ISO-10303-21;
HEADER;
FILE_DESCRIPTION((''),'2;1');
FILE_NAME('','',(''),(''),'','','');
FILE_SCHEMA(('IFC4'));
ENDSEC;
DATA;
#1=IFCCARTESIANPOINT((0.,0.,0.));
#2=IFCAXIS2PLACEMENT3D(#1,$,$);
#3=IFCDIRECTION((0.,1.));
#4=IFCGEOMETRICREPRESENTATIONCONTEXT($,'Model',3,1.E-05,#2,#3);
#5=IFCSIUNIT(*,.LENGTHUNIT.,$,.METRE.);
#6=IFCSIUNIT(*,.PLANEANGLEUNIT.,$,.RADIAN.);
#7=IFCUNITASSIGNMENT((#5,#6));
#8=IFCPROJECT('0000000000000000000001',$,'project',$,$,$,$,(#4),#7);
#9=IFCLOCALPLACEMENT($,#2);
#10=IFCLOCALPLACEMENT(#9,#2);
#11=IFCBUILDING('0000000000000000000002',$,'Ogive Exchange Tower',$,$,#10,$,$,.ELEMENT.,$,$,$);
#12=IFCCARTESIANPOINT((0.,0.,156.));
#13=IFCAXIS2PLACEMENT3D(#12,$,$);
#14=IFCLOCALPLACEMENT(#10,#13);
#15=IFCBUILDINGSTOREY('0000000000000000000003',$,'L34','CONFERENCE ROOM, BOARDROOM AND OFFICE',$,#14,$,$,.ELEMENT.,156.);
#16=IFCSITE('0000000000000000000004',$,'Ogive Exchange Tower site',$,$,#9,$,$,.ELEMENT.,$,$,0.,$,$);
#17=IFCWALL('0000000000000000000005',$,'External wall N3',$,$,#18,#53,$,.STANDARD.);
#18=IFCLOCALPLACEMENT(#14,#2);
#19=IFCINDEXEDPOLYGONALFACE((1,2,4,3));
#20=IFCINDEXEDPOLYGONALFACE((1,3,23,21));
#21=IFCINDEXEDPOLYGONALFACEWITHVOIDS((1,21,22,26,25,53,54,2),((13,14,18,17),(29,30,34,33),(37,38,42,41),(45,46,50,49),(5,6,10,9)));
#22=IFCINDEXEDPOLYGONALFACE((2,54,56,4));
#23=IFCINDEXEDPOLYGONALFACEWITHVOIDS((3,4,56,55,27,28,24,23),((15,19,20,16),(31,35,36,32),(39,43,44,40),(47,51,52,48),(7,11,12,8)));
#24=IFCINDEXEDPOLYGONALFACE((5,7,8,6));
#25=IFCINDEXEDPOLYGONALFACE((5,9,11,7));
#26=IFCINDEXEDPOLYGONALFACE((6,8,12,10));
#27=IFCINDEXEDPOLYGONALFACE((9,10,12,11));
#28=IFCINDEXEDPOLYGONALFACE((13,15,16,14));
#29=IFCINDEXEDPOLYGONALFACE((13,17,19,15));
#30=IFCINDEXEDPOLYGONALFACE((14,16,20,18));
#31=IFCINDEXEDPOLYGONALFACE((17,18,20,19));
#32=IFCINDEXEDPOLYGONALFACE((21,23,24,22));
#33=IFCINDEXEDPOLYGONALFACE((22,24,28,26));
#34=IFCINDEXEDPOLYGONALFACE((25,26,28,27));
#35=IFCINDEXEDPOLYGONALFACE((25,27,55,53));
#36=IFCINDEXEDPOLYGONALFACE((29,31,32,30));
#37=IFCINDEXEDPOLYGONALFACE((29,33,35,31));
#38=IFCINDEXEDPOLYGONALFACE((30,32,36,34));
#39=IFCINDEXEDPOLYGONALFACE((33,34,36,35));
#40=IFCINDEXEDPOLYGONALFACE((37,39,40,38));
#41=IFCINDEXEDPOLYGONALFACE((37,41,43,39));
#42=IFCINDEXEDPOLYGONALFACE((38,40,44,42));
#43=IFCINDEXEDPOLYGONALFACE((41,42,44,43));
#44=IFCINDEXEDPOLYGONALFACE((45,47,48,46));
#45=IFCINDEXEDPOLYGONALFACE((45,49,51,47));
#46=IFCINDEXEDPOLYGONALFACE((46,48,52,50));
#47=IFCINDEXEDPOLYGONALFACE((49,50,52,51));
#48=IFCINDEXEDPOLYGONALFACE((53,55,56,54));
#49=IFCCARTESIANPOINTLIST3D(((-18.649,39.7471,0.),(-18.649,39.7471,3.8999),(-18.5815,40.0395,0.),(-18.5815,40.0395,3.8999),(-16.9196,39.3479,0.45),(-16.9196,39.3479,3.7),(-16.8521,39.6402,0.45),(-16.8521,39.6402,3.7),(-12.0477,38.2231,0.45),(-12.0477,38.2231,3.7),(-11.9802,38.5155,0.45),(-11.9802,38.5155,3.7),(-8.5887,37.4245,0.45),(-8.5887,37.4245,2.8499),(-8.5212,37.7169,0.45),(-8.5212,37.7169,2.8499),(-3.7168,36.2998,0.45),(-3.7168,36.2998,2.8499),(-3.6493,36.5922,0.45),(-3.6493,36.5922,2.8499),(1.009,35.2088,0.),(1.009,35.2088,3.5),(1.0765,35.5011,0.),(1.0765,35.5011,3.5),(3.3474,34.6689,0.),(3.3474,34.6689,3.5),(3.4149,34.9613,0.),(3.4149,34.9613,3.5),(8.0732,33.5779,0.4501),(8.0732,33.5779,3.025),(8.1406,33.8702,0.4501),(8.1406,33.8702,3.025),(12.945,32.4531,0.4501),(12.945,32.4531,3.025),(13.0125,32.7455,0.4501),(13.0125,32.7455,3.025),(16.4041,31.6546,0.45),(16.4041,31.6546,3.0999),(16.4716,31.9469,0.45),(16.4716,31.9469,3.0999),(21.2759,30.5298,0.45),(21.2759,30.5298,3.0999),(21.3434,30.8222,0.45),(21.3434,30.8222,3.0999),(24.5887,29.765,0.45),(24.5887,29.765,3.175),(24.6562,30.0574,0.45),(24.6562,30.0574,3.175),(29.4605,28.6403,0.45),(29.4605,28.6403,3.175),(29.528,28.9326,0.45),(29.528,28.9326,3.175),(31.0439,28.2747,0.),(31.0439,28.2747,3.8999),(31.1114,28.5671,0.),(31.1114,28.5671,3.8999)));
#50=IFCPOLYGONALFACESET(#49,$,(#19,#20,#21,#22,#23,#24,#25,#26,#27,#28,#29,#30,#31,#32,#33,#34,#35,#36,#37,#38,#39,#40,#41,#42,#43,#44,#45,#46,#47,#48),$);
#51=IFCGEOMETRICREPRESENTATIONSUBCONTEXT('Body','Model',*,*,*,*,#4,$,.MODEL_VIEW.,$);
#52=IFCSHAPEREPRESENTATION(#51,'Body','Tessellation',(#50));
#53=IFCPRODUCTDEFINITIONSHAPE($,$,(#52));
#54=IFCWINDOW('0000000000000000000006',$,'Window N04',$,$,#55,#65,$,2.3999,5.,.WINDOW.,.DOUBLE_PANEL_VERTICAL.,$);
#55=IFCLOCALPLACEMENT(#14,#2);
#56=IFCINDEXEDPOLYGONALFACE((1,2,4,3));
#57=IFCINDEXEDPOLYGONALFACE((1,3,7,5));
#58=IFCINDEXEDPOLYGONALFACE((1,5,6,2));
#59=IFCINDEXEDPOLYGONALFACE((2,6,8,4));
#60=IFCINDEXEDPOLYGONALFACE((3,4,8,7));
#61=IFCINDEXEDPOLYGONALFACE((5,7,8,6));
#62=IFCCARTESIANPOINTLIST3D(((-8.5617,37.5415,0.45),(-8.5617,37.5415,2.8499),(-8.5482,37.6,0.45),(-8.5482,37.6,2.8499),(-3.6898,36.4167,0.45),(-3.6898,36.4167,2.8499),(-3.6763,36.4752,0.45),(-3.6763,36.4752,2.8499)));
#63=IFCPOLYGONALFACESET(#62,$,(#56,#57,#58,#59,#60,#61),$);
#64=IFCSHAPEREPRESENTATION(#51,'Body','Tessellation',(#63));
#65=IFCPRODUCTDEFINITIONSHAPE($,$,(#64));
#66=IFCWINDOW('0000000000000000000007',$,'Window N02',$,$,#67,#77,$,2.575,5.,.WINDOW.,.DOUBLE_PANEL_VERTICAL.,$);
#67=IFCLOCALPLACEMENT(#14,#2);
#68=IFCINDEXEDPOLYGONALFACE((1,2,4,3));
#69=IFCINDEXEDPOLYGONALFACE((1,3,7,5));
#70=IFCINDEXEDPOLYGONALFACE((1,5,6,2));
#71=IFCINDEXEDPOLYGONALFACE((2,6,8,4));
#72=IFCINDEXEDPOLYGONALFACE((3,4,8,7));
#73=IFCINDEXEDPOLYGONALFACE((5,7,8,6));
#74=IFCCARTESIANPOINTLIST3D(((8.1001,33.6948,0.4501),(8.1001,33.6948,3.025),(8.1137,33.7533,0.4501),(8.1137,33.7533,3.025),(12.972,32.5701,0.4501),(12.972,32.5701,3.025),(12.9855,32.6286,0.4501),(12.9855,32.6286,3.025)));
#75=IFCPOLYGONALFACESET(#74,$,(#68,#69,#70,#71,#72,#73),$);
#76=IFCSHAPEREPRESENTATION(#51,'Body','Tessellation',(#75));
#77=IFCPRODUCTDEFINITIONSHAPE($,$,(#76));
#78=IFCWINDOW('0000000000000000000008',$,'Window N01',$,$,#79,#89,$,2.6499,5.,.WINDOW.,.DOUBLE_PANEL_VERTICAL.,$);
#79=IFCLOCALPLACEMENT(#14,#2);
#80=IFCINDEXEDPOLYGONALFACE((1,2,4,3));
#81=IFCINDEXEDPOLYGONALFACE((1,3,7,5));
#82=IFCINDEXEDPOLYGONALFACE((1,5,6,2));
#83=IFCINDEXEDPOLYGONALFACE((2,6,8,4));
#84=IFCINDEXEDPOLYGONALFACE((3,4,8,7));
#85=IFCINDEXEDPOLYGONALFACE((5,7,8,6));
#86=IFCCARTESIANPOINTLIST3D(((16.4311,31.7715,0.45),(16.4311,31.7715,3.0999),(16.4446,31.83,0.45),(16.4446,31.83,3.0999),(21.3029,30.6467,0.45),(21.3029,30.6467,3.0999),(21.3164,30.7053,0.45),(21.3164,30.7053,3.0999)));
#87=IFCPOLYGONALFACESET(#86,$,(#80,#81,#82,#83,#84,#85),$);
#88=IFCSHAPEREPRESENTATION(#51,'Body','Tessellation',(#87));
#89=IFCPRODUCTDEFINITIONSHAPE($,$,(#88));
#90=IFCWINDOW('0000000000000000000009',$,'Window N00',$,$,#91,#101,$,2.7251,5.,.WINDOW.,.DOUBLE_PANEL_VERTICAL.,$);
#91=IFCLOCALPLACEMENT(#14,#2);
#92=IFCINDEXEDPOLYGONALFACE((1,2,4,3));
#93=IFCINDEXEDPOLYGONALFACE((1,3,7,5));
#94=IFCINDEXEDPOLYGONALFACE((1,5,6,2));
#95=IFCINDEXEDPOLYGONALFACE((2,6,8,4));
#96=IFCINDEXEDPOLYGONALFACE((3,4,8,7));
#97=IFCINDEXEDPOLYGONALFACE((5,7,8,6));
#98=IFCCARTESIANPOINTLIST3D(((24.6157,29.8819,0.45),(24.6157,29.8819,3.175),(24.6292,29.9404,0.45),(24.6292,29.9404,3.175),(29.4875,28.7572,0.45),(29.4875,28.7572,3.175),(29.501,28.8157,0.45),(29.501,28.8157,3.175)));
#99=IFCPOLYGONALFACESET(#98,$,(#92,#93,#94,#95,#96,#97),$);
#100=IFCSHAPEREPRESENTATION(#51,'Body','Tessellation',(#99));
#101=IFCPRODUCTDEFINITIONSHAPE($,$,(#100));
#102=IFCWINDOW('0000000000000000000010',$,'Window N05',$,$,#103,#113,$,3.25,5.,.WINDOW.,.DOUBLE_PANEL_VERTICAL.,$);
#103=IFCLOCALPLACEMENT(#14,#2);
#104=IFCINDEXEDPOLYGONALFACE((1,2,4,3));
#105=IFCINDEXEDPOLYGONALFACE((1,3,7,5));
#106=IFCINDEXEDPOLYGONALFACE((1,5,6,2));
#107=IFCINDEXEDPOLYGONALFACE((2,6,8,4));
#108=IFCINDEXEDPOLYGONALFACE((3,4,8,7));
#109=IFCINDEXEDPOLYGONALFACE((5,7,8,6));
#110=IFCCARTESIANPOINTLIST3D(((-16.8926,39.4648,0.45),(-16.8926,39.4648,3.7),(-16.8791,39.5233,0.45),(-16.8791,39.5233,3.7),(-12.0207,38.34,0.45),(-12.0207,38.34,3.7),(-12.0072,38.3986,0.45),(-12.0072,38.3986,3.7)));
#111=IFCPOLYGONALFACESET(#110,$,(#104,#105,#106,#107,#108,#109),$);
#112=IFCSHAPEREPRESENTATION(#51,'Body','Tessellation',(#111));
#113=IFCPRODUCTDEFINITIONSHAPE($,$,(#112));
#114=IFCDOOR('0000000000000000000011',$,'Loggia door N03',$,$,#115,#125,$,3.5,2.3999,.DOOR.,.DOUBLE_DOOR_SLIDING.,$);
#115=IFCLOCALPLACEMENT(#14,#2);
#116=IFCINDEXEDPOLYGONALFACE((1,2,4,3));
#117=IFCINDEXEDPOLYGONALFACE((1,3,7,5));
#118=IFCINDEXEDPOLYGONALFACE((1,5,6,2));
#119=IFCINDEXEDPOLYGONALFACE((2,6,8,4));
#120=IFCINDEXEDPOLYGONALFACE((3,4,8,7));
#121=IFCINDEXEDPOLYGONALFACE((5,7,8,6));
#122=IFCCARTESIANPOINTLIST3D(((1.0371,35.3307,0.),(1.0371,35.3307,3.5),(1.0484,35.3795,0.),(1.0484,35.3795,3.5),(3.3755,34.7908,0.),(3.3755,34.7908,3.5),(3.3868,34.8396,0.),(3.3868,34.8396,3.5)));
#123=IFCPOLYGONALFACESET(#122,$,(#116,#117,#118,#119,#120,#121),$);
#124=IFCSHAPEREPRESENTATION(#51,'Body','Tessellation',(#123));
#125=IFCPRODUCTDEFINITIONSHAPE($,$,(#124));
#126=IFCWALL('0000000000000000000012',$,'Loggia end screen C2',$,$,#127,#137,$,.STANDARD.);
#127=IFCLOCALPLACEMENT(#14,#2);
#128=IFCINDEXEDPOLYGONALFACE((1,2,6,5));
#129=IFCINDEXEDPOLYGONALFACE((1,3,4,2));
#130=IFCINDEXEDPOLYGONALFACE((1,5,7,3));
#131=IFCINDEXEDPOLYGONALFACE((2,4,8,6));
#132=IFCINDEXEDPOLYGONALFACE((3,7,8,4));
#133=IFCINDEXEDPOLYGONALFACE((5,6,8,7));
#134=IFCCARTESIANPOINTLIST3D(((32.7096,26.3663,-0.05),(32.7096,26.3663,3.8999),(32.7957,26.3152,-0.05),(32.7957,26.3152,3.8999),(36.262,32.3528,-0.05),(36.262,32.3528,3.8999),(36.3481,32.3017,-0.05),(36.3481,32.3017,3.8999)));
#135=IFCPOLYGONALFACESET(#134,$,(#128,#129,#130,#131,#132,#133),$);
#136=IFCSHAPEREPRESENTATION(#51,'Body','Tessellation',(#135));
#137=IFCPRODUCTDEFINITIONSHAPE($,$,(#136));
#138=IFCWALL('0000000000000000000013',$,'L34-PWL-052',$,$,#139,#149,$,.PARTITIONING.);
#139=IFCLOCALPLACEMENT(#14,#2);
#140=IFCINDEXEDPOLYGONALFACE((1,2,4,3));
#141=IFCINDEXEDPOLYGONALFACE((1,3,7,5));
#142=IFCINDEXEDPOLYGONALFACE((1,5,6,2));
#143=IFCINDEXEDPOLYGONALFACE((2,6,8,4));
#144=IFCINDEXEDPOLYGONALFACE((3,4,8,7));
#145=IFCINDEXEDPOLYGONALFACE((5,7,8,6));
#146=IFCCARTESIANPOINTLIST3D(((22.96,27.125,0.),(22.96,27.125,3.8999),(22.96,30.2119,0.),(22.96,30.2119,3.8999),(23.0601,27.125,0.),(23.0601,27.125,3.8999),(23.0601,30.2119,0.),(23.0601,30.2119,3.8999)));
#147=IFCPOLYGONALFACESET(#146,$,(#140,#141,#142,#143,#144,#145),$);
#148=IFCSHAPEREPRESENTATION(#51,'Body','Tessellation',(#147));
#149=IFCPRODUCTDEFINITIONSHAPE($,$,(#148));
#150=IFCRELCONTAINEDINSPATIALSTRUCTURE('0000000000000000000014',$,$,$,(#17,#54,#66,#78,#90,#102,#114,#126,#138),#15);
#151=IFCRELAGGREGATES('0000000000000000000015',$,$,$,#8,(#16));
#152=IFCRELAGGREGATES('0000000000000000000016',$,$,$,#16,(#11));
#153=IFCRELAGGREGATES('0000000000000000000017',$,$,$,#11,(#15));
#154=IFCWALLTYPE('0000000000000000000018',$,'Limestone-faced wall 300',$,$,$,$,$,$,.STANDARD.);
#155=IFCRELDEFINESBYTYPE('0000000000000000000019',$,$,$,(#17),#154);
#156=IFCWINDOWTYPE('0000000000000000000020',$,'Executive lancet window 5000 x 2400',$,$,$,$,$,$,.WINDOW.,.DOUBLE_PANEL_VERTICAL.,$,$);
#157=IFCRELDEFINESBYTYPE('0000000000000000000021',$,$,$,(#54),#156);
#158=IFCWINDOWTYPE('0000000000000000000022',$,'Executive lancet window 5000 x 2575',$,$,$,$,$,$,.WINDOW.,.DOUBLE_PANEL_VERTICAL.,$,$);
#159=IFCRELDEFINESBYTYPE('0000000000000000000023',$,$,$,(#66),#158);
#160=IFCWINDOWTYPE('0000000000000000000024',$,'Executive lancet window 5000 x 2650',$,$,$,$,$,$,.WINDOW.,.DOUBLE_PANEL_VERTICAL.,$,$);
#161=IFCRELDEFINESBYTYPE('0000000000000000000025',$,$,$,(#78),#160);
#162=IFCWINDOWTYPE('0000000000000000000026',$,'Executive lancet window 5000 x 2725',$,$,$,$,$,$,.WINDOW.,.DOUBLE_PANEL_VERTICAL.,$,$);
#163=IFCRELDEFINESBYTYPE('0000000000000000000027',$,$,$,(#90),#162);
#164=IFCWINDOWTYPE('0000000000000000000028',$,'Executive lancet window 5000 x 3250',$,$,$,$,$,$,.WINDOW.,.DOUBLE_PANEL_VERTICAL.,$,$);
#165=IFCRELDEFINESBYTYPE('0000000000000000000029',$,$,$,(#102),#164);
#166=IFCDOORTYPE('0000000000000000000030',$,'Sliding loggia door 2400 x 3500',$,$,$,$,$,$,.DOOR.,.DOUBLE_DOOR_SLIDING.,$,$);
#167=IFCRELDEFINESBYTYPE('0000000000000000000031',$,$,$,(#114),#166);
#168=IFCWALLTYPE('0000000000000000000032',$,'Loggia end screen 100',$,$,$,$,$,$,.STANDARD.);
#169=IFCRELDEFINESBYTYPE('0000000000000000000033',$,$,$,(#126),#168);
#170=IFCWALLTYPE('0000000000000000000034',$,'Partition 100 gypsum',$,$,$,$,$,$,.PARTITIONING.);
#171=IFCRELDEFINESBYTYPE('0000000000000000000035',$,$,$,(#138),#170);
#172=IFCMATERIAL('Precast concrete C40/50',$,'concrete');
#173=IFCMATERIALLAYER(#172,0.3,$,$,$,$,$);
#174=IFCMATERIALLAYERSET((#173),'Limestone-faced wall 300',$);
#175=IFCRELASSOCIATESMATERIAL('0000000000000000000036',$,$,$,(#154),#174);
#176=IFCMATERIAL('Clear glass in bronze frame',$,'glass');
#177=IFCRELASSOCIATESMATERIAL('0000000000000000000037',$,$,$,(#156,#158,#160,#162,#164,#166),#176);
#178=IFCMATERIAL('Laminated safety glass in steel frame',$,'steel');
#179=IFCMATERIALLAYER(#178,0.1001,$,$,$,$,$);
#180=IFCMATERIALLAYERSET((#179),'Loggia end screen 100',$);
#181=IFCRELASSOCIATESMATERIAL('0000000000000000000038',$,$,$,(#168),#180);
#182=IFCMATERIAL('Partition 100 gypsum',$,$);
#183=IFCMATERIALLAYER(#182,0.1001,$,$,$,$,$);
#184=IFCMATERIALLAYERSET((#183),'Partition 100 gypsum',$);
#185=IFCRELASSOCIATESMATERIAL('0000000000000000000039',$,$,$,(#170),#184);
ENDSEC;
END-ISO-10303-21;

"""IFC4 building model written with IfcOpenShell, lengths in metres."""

from ifc_helpers import new_model, si_unit, direction, frame, frame_2d, origin, place, context, subcontext, project, spatial, rectangle, extrude, material, layer, layer_set, type_object, element, fill, save


model = new_model("IFC4")

# Units and contexts
model_context = context("Model", 3, precision=1e-05, world=origin(), true_north=direction((0.0, 1.0)))
body_context = subcontext(model_context, "Body", "Model", "MODEL_VIEW")
ifc_project = project(units=[si_unit("LENGTHUNIT", "METRE"), si_unit("PLANEANGLEUNIT", "RADIAN")], contexts=[model_context])

# Site, building, storey
site_placement = place(None, origin())
site = spatial("IfcSite", under=ifc_project, at=site_placement, Name="Ogive Exchange Tower site", CompositionType="ELEMENT", RefElevation=0.0)
building_placement = place(site_placement, origin())
building = spatial("IfcBuilding", under=site, at=building_placement, Name="Ogive Exchange Tower", CompositionType="ELEMENT")
storey_placement = place(building_placement, frame((0.0, 0.0, 156.0)))
storey = spatial("IfcBuildingStorey", under=building, at=storey_placement, Name="L34", Description="CONFERENCE ROOM, BOARDROOM AND OFFICE", CompositionType="ELEMENT", Elevation=156.0)

# Wall, openings, windows, door
ifc_material_1 = material(Name="Precast concrete C40/50", Category="concrete")
ifc_layer_1 = layer(ifc_material_1, 0.3)
ifc_layer_set_1 = layer_set([ifc_layer_1], Name="Limestone-faced wall 300")
wall_type_1 = type_object("IfcWallType", Name="Limestone-faced wall 300", PredefinedType="STANDARD", material=ifc_layer_set_1)
wall_1_placement = place(storey_placement, frame((31.0776, 28.4209, 0.0), z_axis=(0.0, 0.0, 1.0), x_axis=(-0.97437, 0.224949, 0.0)))
wall_1 = element("IfcWall", 1, at=wall_1_placement, inside=storey, type_object=wall_type_1, Name="External wall N3", PredefinedType="STANDARD", context=body_context, shape_type="SweptSolid", body=[
    extrude(rectangle(XDim=51.0, YDim=0.3, at=frame_2d((25.5, 0.0))), origin(), (0.0, 0.0, 1.0), 3.8999),
])
opening_1_placement = place(wall_1_placement, frame((1.625, 0.0, 0.45)))
opening_1 = element("IfcOpeningElement", 2, at=opening_1_placement, cuts=wall_1, PredefinedType="OPENING", context=body_context, shape_type="SweptSolid", body=[
    extrude(rectangle(XDim=5.0, YDim=2.7251, at=frame_2d((2.5, 1.3625))), frame((0.0, 0.1599, 0.0), z_axis=(0.0, -1.0, 0.0), x_axis=(1.0, 0.0, 0.0)), (0.0, 0.0, 1.0), 0.3201),
])
opening_2_placement = place(wall_1_placement, frame((10.0249, 0.0, 0.45)))
opening_2 = element("IfcOpeningElement", 3, at=opening_2_placement, cuts=wall_1, PredefinedType="OPENING", context=body_context, shape_type="SweptSolid", body=[
    extrude(rectangle(XDim=5.0, YDim=2.6499, at=frame_2d((2.5, 1.325))), frame((0.0, 0.1599, 0.0), z_axis=(0.0, -1.0, 0.0), x_axis=(1.0, 0.0, 0.0)), (0.0, 0.0, 1.0), 0.3201),
])
opening_3_placement = place(wall_1_placement, frame((18.575, 0.0, 0.45)))
opening_3 = element("IfcOpeningElement", 4, at=opening_3_placement, cuts=wall_1, PredefinedType="OPENING", context=body_context, shape_type="SweptSolid", body=[
    extrude(rectangle(XDim=5.0, YDim=2.575, at=frame_2d((2.5, 1.2876))), frame((0.0, 0.1599, 0.0), z_axis=(0.0, -1.0, 0.0), x_axis=(1.0, 0.0, 0.0)), (0.0, 0.0, 1.0), 0.3201),
])
opening_4_placement = place(wall_1_placement, frame((28.425, 0.0, 0.0)))
opening_4 = element("IfcOpeningElement", 5, at=opening_4_placement, cuts=wall_1, PredefinedType="OPENING", context=body_context, shape_type="SweptSolid", body=[
    extrude(rectangle(XDim=2.3999, YDim=3.5, at=frame_2d((1.2, 1.75))), frame((0.0, 0.1599, 0.0), z_axis=(0.0, -1.0, 0.0), x_axis=(1.0, 0.0, 0.0)), (0.0, 0.0, 1.0), 0.3201),
])
opening_5_placement = place(wall_1_placement, frame((35.675, 0.0, 0.45)))
opening_5 = element("IfcOpeningElement", 6, at=opening_5_placement, cuts=wall_1, PredefinedType="OPENING", context=body_context, shape_type="SweptSolid", body=[
    extrude(rectangle(XDim=5.0, YDim=2.3999, at=frame_2d((2.5, 1.2))), frame((0.0, 0.1599, 0.0), z_axis=(0.0, -1.0, 0.0), x_axis=(1.0, 0.0, 0.0)), (0.0, 0.0, 1.0), 0.3201),
])
opening_6_placement = place(wall_1_placement, frame((44.2251, 0.0, 0.45)))
opening_6 = element("IfcOpeningElement", 7, at=opening_6_placement, cuts=wall_1, PredefinedType="OPENING", context=body_context, shape_type="SweptSolid", body=[
    extrude(rectangle(XDim=5.0, YDim=3.25, at=frame_2d((2.5, 1.625))), frame((0.0, 0.1599, 0.0), z_axis=(0.0, -1.0, 0.0), x_axis=(1.0, 0.0, 0.0)), (0.0, 0.0, 1.0), 0.3201),
])
ifc_material_2 = material(Name="Clear glass in bronze frame", Category="glass")
window_type_1 = type_object("IfcWindowType", Name="Executive lancet window 5000 x 2400", PartitioningType="DOUBLE_PANEL_VERTICAL", PredefinedType="WINDOW", material=ifc_material_2)
window_1_placement = place(opening_5_placement, origin())
window_1 = element("IfcWindow", 8, at=window_1_placement, inside=storey, type_object=window_type_1, Name="Window N04", OverallHeight=2.3999, OverallWidth=5.0, PartitioningType="DOUBLE_PANEL_VERTICAL", PredefinedType="WINDOW", context=body_context, shape_type="SweptSolid", body=[
    extrude(rectangle(XDim=5.0, YDim=2.3999, at=frame_2d((2.5, 1.2))), frame((0.0, 0.03, 0.0), z_axis=(0.0, -1.0, 0.0), x_axis=(1.0, 0.0, 0.0)), (0.0, 0.0, 1.0), 0.0601),
])
fill(opening_5, window_1)
window_type_2 = type_object("IfcWindowType", Name="Executive lancet window 5000 x 2575", PartitioningType="DOUBLE_PANEL_VERTICAL", PredefinedType="WINDOW", material=ifc_material_2)
window_2_placement = place(opening_3_placement, origin())
window_2 = element("IfcWindow", 9, at=window_2_placement, inside=storey, type_object=window_type_2, Name="Window N02", OverallHeight=2.575, OverallWidth=5.0, PartitioningType="DOUBLE_PANEL_VERTICAL", PredefinedType="WINDOW", context=body_context, shape_type="SweptSolid", body=[
    extrude(rectangle(XDim=5.0, YDim=2.575, at=frame_2d((2.5, 1.2876))), frame((0.0, 0.03, 0.0), z_axis=(0.0, -1.0, 0.0), x_axis=(1.0, 0.0, 0.0)), (0.0, 0.0, 1.0), 0.0601),
])
fill(opening_3, window_2)
window_type_3 = type_object("IfcWindowType", Name="Executive lancet window 5000 x 2650", PartitioningType="DOUBLE_PANEL_VERTICAL", PredefinedType="WINDOW", material=ifc_material_2)
window_3_placement = place(opening_2_placement, origin())
window_3 = element("IfcWindow", 10, at=window_3_placement, inside=storey, type_object=window_type_3, Name="Window N01", OverallHeight=2.6499, OverallWidth=5.0, PartitioningType="DOUBLE_PANEL_VERTICAL", PredefinedType="WINDOW", context=body_context, shape_type="SweptSolid", body=[
    extrude(rectangle(XDim=5.0, YDim=2.6499, at=frame_2d((2.5, 1.325))), frame((0.0, 0.03, 0.0), z_axis=(0.0, -1.0, 0.0), x_axis=(1.0, 0.0, 0.0)), (0.0, 0.0, 1.0), 0.0601),
])
fill(opening_2, window_3)
window_type_4 = type_object("IfcWindowType", Name="Executive lancet window 5000 x 2725", PartitioningType="DOUBLE_PANEL_VERTICAL", PredefinedType="WINDOW", material=ifc_material_2)
window_4_placement = place(opening_1_placement, origin())
window_4 = element("IfcWindow", 11, at=window_4_placement, inside=storey, type_object=window_type_4, Name="Window N00", OverallHeight=2.7251, OverallWidth=5.0, PartitioningType="DOUBLE_PANEL_VERTICAL", PredefinedType="WINDOW", context=body_context, shape_type="SweptSolid", body=[
    extrude(rectangle(XDim=5.0, YDim=2.7251, at=frame_2d((2.5, 1.3625))), frame((0.0, 0.03, 0.0), z_axis=(0.0, -1.0, 0.0), x_axis=(1.0, 0.0, 0.0)), (0.0, 0.0, 1.0), 0.0601),
])
fill(opening_1, window_4)
window_type_5 = type_object("IfcWindowType", Name="Executive lancet window 5000 x 3250", PartitioningType="DOUBLE_PANEL_VERTICAL", PredefinedType="WINDOW", material=ifc_material_2)
window_5_placement = place(opening_6_placement, origin())
window_5 = element("IfcWindow", 12, at=window_5_placement, inside=storey, type_object=window_type_5, Name="Window N05", OverallHeight=3.25, OverallWidth=5.0, PartitioningType="DOUBLE_PANEL_VERTICAL", PredefinedType="WINDOW", context=body_context, shape_type="SweptSolid", body=[
    extrude(rectangle(XDim=5.0, YDim=3.25, at=frame_2d((2.5, 1.625))), frame((0.0, 0.03, 0.0), z_axis=(0.0, -1.0, 0.0), x_axis=(1.0, 0.0, 0.0)), (0.0, 0.0, 1.0), 0.0601),
])
fill(opening_6, window_5)
door_type_1 = type_object("IfcDoorType", Name="Sliding loggia door 2400 x 3500", OperationType="DOUBLE_DOOR_SLIDING", PredefinedType="DOOR", material=ifc_material_2)
door_1_placement = place(opening_4_placement, origin())
door_1 = element("IfcDoor", 13, at=door_1_placement, inside=storey, type_object=door_type_1, Name="Loggia door N03", OperationType="DOUBLE_DOOR_SLIDING", OverallHeight=3.5, OverallWidth=2.3999, PredefinedType="DOOR", context=body_context, shape_type="SweptSolid", body=[
    extrude(rectangle(XDim=2.3999, YDim=3.5, at=frame_2d((1.2, 1.75))), frame((0.0, 0.0249, 0.0), z_axis=(0.0, -1.0, 0.0), x_axis=(1.0, 0.0, 0.0)), (0.0, 0.0, 1.0), 0.05),
])
fill(opening_4, door_1)

# Walls
ifc_material_3 = material(Name="Laminated safety glass in steel frame", Category="steel")
ifc_layer_2 = layer(ifc_material_3, 0.1001)
ifc_layer_set_2 = layer_set([ifc_layer_2], Name="Loggia end screen 100")
wall_type_2 = type_object("IfcWallType", Name="Loggia end screen 100", PredefinedType="STANDARD", material=ifc_layer_set_2)
wall_2_placement = place(storey_placement, frame((32.7527, 26.3408, -0.05), z_axis=(0.0, 0.0, 1.0), x_axis=(0.510322, 0.859983, 0.0)))
element("IfcWall", 14, at=wall_2_placement, inside=storey, type_object=wall_type_2, Name="Loggia end screen C2", PredefinedType="STANDARD", context=body_context, shape_type="SweptSolid", body=[
    extrude(rectangle(XDim=6.9612, YDim=0.1001, at=frame_2d((3.4805, 0.0))), origin(), (0.0, 0.0, 1.0), 3.95),
])
ifc_material_4 = material(Name="Partition 100 gypsum")
ifc_layer_3 = layer(ifc_material_4, 0.1001)
ifc_layer_set_3 = layer_set([ifc_layer_3], Name="Partition 100 gypsum")
wall_type_3 = type_object("IfcWallType", Name="Partition 100 gypsum", PredefinedType="PARTITIONING", material=ifc_layer_set_3)
wall_3_placement = place(storey_placement, frame((23.01, 30.2119, 0.0), z_axis=(0.0, 0.0, 1.0), x_axis=(0.0, -1.0, 0.0)))
element("IfcWall", 15, at=wall_3_placement, inside=storey, type_object=wall_type_3, Name="L34-PWL-052", PredefinedType="PARTITIONING", context=body_context, shape_type="SweptSolid", body=[
    extrude(rectangle(XDim=3.0869, YDim=0.1001, at=frame_2d((1.5435, 0.0))), origin(), (0.0, 0.0, 1.0), 3.8999),
])

save(model, "model.ifc")
